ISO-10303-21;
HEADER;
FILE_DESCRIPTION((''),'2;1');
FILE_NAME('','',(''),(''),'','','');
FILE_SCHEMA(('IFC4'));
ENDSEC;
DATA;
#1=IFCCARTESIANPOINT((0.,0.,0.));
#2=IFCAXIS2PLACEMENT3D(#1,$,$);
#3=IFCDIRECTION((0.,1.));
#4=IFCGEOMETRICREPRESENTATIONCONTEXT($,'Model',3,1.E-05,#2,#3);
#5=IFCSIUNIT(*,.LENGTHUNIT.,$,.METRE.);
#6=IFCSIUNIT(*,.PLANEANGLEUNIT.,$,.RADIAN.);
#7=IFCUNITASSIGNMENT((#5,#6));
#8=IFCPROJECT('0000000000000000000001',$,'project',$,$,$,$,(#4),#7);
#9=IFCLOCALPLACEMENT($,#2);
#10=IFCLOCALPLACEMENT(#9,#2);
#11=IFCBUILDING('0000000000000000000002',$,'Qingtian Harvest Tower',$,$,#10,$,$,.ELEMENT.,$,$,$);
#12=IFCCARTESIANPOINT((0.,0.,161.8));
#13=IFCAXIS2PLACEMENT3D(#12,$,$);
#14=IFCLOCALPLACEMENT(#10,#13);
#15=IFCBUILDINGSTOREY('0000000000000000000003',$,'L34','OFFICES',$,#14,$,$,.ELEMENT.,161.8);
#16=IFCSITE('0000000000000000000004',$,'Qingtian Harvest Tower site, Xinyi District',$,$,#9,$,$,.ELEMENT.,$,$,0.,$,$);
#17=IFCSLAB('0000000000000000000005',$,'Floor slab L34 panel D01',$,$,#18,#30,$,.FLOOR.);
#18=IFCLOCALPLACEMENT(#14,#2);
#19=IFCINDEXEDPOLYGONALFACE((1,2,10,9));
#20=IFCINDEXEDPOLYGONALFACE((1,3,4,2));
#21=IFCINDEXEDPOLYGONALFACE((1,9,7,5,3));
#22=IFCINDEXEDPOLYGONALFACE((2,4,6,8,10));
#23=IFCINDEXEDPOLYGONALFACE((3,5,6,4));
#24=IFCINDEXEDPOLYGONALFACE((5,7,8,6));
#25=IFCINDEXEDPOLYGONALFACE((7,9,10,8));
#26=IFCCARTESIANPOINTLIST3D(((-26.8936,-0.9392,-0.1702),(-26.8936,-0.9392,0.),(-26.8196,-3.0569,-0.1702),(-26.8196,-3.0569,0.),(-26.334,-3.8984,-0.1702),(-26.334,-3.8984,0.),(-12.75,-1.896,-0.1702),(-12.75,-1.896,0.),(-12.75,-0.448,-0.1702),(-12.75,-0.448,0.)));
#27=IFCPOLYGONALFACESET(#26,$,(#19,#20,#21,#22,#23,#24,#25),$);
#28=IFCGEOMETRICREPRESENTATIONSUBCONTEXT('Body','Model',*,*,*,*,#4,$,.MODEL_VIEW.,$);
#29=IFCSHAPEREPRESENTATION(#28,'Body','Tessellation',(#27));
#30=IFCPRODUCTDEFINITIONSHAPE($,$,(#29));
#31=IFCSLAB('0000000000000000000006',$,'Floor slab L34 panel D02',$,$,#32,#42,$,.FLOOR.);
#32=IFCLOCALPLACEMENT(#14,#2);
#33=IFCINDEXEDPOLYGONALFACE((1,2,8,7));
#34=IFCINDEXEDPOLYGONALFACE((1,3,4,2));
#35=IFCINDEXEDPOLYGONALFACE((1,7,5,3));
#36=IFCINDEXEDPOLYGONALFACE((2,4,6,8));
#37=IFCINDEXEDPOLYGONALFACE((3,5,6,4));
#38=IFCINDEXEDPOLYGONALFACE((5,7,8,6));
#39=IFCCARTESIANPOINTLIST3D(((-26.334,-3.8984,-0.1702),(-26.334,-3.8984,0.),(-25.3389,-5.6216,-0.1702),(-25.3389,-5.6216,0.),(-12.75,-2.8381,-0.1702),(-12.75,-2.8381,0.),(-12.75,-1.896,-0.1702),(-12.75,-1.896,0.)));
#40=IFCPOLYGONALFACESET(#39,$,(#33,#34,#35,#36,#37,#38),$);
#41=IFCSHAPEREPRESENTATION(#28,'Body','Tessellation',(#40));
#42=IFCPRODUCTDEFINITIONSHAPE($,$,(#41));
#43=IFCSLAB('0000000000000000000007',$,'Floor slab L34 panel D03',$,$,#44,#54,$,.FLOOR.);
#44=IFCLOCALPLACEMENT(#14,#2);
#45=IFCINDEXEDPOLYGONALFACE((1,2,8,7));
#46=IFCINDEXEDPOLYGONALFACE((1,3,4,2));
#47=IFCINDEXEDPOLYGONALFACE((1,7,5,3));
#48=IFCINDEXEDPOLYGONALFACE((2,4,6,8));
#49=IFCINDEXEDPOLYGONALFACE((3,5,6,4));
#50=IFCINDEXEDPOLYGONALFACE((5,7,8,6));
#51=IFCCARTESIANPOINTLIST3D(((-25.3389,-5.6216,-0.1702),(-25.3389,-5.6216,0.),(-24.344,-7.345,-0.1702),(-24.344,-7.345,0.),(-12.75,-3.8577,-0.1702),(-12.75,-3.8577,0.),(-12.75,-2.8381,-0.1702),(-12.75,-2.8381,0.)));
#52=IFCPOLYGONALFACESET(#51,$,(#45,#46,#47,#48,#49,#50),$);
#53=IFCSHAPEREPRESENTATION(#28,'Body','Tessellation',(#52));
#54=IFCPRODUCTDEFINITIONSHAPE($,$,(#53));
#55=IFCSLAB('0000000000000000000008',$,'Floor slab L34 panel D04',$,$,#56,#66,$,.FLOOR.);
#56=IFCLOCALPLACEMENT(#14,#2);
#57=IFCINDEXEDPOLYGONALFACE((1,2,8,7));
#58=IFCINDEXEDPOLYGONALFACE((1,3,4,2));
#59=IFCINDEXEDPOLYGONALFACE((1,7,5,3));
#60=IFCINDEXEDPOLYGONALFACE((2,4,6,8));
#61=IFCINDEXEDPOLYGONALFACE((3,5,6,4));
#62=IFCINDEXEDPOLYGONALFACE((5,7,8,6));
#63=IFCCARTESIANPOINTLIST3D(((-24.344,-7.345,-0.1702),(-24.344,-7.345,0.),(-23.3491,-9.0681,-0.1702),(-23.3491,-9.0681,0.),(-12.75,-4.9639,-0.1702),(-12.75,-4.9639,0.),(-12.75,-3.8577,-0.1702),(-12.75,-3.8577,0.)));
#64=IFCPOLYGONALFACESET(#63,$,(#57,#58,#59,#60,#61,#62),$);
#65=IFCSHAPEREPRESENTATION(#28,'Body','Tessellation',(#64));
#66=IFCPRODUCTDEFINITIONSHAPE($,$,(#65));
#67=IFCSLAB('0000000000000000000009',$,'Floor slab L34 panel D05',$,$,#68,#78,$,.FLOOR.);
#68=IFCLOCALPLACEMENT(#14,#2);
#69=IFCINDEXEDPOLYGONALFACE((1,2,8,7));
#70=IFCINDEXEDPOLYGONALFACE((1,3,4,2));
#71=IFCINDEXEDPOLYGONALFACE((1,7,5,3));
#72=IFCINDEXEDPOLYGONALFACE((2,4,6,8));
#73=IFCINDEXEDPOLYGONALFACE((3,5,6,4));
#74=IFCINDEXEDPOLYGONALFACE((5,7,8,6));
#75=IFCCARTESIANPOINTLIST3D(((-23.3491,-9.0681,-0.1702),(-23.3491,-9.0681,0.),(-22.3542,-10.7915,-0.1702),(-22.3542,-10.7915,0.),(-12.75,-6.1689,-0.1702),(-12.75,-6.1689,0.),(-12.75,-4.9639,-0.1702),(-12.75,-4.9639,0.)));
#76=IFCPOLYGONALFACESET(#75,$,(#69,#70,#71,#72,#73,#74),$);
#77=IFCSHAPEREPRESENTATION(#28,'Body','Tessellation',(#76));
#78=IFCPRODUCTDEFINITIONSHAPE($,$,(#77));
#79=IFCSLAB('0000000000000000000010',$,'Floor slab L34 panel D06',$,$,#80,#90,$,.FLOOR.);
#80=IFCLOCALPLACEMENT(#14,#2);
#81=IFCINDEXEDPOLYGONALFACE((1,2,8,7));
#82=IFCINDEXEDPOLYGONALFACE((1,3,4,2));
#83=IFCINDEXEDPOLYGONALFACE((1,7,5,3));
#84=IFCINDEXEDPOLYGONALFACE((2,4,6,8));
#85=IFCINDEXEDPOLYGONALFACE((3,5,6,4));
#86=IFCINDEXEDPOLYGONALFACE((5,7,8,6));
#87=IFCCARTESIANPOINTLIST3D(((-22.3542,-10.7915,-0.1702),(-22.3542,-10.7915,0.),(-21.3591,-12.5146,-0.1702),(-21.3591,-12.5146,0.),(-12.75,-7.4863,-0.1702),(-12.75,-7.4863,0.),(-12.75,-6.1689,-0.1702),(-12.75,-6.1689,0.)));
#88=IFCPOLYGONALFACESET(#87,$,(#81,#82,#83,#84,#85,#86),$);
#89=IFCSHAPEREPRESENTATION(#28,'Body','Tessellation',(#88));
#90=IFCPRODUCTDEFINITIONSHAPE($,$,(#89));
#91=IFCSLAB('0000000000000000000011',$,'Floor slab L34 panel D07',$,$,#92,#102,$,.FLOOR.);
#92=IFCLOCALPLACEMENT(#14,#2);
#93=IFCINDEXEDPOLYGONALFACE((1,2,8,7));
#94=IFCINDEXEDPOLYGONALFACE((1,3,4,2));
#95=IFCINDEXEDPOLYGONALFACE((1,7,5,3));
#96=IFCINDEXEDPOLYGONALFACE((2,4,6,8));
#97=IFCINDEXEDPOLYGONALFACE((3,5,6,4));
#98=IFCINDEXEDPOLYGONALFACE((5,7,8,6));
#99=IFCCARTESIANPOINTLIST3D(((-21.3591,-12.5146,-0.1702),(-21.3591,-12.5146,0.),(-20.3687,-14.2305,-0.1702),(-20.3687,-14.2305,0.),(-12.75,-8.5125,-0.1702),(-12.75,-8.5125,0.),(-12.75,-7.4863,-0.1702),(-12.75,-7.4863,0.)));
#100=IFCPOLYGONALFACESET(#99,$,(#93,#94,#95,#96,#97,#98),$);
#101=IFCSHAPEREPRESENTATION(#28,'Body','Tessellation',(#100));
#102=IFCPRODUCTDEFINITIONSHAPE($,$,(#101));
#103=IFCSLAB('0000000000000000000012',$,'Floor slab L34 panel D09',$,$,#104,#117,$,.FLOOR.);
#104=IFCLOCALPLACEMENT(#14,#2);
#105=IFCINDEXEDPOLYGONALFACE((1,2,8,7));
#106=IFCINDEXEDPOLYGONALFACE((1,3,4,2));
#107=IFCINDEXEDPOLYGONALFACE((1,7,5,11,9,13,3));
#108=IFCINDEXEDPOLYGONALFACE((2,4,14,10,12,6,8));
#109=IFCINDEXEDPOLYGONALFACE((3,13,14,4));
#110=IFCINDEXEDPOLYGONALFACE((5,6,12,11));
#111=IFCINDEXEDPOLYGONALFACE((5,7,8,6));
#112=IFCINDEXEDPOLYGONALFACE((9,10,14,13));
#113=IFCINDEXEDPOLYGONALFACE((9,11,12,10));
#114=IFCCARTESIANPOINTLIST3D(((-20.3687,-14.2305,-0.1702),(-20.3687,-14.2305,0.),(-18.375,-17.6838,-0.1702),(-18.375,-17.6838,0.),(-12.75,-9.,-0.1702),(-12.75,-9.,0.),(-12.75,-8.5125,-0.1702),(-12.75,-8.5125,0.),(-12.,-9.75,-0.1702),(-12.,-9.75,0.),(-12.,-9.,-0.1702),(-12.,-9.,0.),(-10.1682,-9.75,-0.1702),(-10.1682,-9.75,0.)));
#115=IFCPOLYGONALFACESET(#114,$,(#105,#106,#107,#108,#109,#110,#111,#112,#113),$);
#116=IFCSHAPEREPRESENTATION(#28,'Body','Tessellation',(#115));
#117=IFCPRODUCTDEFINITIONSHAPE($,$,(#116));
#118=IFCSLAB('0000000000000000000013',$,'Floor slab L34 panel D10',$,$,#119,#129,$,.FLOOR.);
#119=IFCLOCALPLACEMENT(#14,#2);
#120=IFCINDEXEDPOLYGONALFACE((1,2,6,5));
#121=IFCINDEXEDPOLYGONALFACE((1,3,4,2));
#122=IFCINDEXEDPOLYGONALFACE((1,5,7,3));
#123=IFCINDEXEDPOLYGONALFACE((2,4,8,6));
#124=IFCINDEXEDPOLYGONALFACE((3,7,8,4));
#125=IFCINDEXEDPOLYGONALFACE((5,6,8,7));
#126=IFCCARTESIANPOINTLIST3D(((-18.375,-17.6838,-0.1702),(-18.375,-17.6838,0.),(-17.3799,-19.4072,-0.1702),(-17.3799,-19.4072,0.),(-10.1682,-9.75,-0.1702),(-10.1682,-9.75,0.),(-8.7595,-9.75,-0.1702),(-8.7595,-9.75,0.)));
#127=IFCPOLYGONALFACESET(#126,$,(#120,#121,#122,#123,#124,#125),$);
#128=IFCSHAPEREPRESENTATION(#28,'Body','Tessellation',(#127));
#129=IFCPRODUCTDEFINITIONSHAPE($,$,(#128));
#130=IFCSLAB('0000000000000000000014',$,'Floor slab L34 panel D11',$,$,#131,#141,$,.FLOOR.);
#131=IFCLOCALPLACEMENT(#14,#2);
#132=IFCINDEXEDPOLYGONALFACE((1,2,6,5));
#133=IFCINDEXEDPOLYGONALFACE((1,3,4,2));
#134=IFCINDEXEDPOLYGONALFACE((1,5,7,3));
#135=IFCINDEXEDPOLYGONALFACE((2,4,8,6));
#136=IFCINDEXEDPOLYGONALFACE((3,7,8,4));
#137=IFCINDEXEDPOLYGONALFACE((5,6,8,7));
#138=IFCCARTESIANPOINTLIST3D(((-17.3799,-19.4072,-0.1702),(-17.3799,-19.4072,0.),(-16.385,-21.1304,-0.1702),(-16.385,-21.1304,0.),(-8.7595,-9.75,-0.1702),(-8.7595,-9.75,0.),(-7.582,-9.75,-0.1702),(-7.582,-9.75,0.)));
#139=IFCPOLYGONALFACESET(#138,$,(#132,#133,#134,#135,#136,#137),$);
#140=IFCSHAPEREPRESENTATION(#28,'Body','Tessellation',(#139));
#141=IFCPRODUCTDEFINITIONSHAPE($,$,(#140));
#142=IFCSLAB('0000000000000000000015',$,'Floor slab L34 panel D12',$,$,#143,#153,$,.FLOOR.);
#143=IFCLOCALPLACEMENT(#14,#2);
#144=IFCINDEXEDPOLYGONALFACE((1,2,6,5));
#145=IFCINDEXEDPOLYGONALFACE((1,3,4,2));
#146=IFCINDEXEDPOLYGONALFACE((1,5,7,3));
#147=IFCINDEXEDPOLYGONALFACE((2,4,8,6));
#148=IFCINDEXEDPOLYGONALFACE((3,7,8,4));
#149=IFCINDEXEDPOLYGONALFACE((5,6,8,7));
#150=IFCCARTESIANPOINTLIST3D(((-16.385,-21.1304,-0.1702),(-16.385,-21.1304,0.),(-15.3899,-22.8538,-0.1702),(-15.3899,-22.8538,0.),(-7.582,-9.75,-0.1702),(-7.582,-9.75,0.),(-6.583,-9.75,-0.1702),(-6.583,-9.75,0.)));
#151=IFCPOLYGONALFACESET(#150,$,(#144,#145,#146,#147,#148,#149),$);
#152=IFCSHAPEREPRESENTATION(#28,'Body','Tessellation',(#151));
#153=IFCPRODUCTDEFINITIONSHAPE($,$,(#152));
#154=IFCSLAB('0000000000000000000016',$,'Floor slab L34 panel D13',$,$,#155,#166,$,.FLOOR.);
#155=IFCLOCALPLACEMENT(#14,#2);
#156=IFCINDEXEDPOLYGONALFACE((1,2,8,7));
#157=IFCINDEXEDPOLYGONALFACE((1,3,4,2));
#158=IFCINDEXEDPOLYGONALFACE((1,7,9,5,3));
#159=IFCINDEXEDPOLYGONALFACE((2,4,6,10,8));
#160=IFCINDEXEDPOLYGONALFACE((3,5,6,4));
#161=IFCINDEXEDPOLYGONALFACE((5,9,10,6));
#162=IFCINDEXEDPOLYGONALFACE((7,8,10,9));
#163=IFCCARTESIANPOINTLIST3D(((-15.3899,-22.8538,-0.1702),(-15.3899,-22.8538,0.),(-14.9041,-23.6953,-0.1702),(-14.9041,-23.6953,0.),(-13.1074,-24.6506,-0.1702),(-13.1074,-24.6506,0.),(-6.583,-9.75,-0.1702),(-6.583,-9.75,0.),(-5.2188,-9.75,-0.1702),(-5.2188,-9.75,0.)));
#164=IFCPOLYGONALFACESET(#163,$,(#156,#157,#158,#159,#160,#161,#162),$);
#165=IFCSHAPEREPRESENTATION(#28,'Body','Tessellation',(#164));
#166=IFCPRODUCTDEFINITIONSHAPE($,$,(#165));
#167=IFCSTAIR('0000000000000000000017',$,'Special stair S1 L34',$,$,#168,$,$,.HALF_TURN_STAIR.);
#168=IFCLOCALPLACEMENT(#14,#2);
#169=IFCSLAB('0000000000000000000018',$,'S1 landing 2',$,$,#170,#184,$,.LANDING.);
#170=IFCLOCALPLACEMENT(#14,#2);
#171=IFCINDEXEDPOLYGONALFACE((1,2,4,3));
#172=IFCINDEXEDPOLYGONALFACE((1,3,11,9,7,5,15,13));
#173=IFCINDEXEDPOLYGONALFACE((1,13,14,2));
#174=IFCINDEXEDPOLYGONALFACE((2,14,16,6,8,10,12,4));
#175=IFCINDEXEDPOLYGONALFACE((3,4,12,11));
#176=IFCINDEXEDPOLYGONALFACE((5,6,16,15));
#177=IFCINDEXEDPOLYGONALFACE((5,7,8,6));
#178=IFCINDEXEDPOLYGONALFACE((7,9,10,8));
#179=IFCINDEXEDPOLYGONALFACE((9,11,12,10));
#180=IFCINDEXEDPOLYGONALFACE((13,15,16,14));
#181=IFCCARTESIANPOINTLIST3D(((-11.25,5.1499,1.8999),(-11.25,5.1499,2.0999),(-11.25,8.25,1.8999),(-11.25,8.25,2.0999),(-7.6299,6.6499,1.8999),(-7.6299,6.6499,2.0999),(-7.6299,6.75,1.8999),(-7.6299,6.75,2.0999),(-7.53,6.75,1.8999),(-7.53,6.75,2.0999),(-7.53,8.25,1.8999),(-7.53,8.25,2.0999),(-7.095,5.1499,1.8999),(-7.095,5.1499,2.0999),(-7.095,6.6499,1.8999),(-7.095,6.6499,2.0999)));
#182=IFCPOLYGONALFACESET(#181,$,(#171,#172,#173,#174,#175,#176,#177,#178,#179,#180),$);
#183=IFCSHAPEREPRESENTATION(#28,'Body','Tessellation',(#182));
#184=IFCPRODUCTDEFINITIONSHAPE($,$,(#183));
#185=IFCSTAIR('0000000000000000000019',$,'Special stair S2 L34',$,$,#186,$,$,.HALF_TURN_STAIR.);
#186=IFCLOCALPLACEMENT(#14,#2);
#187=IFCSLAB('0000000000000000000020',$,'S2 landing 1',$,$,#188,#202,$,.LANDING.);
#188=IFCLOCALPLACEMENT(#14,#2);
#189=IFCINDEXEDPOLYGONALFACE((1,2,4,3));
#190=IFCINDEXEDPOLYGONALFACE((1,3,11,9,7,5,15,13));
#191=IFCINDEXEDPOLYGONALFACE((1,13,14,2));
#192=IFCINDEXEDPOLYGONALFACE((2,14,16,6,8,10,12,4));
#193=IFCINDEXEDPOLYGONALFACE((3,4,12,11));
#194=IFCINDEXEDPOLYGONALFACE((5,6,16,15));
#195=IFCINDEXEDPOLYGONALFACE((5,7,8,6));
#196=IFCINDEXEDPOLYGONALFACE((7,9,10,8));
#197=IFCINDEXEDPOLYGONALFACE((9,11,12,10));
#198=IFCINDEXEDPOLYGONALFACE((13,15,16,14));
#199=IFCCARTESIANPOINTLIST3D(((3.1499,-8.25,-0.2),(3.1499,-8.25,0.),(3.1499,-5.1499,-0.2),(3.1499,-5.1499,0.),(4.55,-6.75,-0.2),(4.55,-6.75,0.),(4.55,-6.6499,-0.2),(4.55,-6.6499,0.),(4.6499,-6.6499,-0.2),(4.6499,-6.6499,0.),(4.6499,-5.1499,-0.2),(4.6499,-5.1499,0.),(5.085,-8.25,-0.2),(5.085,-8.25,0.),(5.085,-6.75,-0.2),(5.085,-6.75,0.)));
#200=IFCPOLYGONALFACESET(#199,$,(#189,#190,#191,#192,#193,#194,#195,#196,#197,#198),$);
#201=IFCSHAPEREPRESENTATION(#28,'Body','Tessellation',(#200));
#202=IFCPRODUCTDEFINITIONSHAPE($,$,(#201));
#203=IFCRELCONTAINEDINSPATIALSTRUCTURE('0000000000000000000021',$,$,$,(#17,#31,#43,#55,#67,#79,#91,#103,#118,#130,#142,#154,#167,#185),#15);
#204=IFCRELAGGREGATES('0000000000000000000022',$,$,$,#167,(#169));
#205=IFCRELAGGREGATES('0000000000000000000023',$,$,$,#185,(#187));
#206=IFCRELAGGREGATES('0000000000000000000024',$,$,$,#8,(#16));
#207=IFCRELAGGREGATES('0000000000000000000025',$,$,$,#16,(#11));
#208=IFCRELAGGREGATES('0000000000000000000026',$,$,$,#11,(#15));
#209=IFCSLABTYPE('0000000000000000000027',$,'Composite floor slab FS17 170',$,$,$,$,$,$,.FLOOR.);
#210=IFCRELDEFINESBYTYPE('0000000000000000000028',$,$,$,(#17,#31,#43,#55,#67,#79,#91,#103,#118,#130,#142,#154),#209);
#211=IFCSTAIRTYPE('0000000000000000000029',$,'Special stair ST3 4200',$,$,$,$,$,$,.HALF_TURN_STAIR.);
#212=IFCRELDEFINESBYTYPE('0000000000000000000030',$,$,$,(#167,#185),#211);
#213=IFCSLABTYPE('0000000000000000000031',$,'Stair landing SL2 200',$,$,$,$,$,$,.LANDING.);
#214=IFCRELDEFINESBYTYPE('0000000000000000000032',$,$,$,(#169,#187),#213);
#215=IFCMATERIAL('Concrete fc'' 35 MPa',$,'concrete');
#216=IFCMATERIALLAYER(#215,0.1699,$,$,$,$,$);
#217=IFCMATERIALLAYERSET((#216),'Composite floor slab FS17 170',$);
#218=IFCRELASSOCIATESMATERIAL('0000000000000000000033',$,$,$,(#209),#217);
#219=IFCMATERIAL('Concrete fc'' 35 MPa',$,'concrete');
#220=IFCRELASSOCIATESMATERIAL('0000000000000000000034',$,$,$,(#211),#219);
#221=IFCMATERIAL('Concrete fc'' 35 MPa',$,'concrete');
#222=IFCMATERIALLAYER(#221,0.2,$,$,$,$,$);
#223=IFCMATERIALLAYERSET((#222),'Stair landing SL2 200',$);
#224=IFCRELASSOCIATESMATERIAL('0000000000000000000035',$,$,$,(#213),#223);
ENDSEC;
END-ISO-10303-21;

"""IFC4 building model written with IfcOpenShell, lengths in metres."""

from ifc_helpers import new_model, si_unit, direction, frame, origin, place, context, subcontext, project, spatial, polyline, outline, extrude, material, layer, layer_set, type_object, element, aggregate, save


model = new_model("IFC4")

# Units and contexts
model_context = context("Model", 3, precision=1e-05, world=origin(), true_north=direction((0.0, 1.0)))
body_context = subcontext(model_context, "Body", "Model", "MODEL_VIEW")
ifc_project = project(units=[si_unit("LENGTHUNIT", "METRE"), si_unit("PLANEANGLEUNIT", "RADIAN")], contexts=[model_context])

# Site, building, storey
site_placement = place(None, origin())
site = spatial("IfcSite", under=ifc_project, at=site_placement, Name="Qingtian Harvest Tower site, Xinyi District", CompositionType="ELEMENT", RefElevation=0.0)
building_placement = place(site_placement, origin())
building = spatial("IfcBuilding", under=site, at=building_placement, Name="Qingtian Harvest Tower", CompositionType="ELEMENT")
storey_placement = place(building_placement, frame((0.0, 0.0, 161.8)))
storey = spatial("IfcBuildingStorey", under=building, at=storey_placement, Name="L34", Description="OFFICES", CompositionType="ELEMENT", Elevation=161.8)

# Slabs
ifc_material_1 = material(Name="Concrete fc' 35 MPa", Category="concrete")
ifc_layer_1 = layer(ifc_material_1, 0.1699)
ifc_layer_set_1 = layer_set([ifc_layer_1], Name="Composite floor slab FS17 170")
slab_type_1 = type_object("IfcSlabType", Name="Composite floor slab FS17 170", PredefinedType="FLOOR", material=ifc_layer_set_1)
slab_1_placement = place(storey_placement, frame((0.0, 0.0, -0.1702)))
element("IfcSlab", 1, at=slab_1_placement, inside=storey, type_object=slab_type_1, Name="Floor slab L34 panel D01", PredefinedType="FLOOR", context=body_context, shape_type="SweptSolid", body=[
    extrude(outline(polyline([(-26.8936, -0.9392), (-12.75, -0.448), (-12.75, -1.896), (-26.334, -3.8984), (-26.8196, -3.0569), (-26.8936, -0.9392)])), origin(), (0.0, 0.0, 1.0), 0.1702),
])
slab_2_placement = place(storey_placement, frame((0.0, 0.0, -0.1702)))
element("IfcSlab", 2, at=slab_2_placement, inside=storey, type_object=slab_type_1, Name="Floor slab L34 panel D02", PredefinedType="FLOOR", context=body_context, shape_type="SweptSolid", body=[
    extrude(outline(polyline([(-12.75, -2.8381), (-25.3389, -5.6216), (-26.334, -3.8984), (-12.75, -1.896), (-12.75, -2.8381)])), origin(), (0.0, 0.0, 1.0), 0.1702),
])
slab_3_placement = place(storey_placement, frame((0.0, 0.0, -0.1702)))
element("IfcSlab", 3, at=slab_3_placement, inside=storey, type_object=slab_type_1, Name="Floor slab L34 panel D03", PredefinedType="FLOOR", context=body_context, shape_type="SweptSolid", body=[
    extrude(outline(polyline([(-12.75, -3.8577), (-24.344, -7.345), (-25.3389, -5.6216), (-12.75, -2.8381), (-12.75, -3.8577)])), origin(), (0.0, 0.0, 1.0), 0.1702),
])
slab_4_placement = place(storey_placement, frame((0.0, 0.0, -0.1702)))
element("IfcSlab", 4, at=slab_4_placement, inside=storey, type_object=slab_type_1, Name="Floor slab L34 panel D04", PredefinedType="FLOOR", context=body_context, shape_type="SweptSolid", body=[
    extrude(outline(polyline([(-12.75, -4.9639), (-23.3491, -9.0681), (-24.344, -7.345), (-12.75, -3.8577), (-12.75, -4.9639)])), origin(), (0.0, 0.0, 1.0), 0.1702),
])
slab_5_placement = place(storey_placement, frame((0.0, 0.0, -0.1702)))
element("IfcSlab", 5, at=slab_5_placement, inside=storey, type_object=slab_type_1, Name="Floor slab L34 panel D05", PredefinedType="FLOOR", context=body_context, shape_type="SweptSolid", body=[
    extrude(outline(polyline([(-12.75, -6.1689), (-22.3542, -10.7915), (-23.3491, -9.0681), (-12.75, -4.9639), (-12.75, -6.1689)])), origin(), (0.0, 0.0, 1.0), 0.1702),
])
slab_6_placement = place(storey_placement, frame((0.0, 0.0, -0.1702)))
element("IfcSlab", 6, at=slab_6_placement, inside=storey, type_object=slab_type_1, Name="Floor slab L34 panel D06", PredefinedType="FLOOR", context=body_context, shape_type="SweptSolid", body=[
    extrude(outline(polyline([(-12.75, -7.4863), (-21.3591, -12.5146), (-22.3542, -10.7915), (-12.75, -6.1689), (-12.75, -7.4863)])), origin(), (0.0, 0.0, 1.0), 0.1702),
])
slab_7_placement = place(storey_placement, frame((0.0, 0.0, -0.1702)))
element("IfcSlab", 7, at=slab_7_placement, inside=storey, type_object=slab_type_1, Name="Floor slab L34 panel D07", PredefinedType="FLOOR", context=body_context, shape_type="SweptSolid", body=[
    extrude(outline(polyline([(-12.75, -8.5125), (-20.3687, -14.2305), (-21.3591, -12.5146), (-12.75, -7.4863), (-12.75, -8.5125)])), origin(), (0.0, 0.0, 1.0), 0.1702),
])
slab_8_placement = place(storey_placement, frame((0.0, 0.0, -0.1702)))
element("IfcSlab", 8, at=slab_8_placement, inside=storey, type_object=slab_type_1, Name="Floor slab L34 panel D09", PredefinedType="FLOOR", context=body_context, shape_type="SweptSolid", body=[
    extrude(outline(polyline([(-18.375, -17.6838), (-20.3687, -14.2305), (-12.75, -8.5125), (-12.75, -9.0), (-12.0, -9.0), (-12.0, -9.75), (-10.1682, -9.75), (-18.375, -17.6838)])), origin(), (0.0, 0.0, 1.0), 0.1702),
])
slab_9_placement = place(storey_placement, frame((0.0, 0.0, -0.1702)))
element("IfcSlab", 9, at=slab_9_placement, inside=storey, type_object=slab_type_1, Name="Floor slab L34 panel D10", PredefinedType="FLOOR", context=body_context, shape_type="SweptSolid", body=[
    extrude(outline(polyline([(-8.7595, -9.75), (-17.3799, -19.4072), (-18.375, -17.6838), (-10.1682, -9.75), (-8.7595, -9.75)])), origin(), (0.0, 0.0, 1.0), 0.1702),
])
slab_10_placement = place(storey_placement, frame((0.0, 0.0, -0.1702)))
element("IfcSlab", 10, at=slab_10_placement, inside=storey, type_object=slab_type_1, Name="Floor slab L34 panel D11", PredefinedType="FLOOR", context=body_context, shape_type="SweptSolid", body=[
    extrude(outline(polyline([(-7.582, -9.75), (-16.385, -21.1304), (-17.3799, -19.4072), (-8.7595, -9.75), (-7.582, -9.75)])), origin(), (0.0, 0.0, 1.0), 0.1702),
])
slab_11_placement = place(storey_placement, frame((0.0, 0.0, -0.1702)))
element("IfcSlab", 11, at=slab_11_placement, inside=storey, type_object=slab_type_1, Name="Floor slab L34 panel D12", PredefinedType="FLOOR", context=body_context, shape_type="SweptSolid", body=[
    extrude(outline(polyline([(-6.583, -9.75), (-15.3899, -22.8538), (-16.385, -21.1304), (-7.582, -9.75), (-6.583, -9.75)])), origin(), (0.0, 0.0, 1.0), 0.1702),
])
slab_12_placement = place(storey_placement, frame((0.0, 0.0, -0.1702)))
element("IfcSlab", 12, at=slab_12_placement, inside=storey, type_object=slab_type_1, Name="Floor slab L34 panel D13", PredefinedType="FLOOR", context=body_context, shape_type="SweptSolid", body=[
    extrude(outline(polyline([(-6.583, -9.75), (-5.2188, -9.75), (-13.1074, -24.6506), (-14.9041, -23.6953), (-15.3899, -22.8538), (-6.583, -9.75)])), origin(), (0.0, 0.0, 1.0), 0.1702),
])

# Stair, slab
ifc_material_2 = material(Name="Concrete fc' 35 MPa", Category="concrete")
stair_type = type_object("IfcStairType", Name="Special stair ST3 4200", PredefinedType="HALF_TURN_STAIR", material=ifc_material_2)
stair_1_placement = place(storey_placement, origin())
stair_1 = element("IfcStair", 13, at=stair_1_placement, inside=storey, type_object=stair_type, Name="Special stair S1 L34", PredefinedType="HALF_TURN_STAIR")
ifc_material_3 = material(Name="Concrete fc' 35 MPa", Category="concrete")
ifc_layer_2 = layer(ifc_material_3, 0.2)
ifc_layer_set_2 = layer_set([ifc_layer_2], Name="Stair landing SL2 200")
slab_type_2 = type_object("IfcSlabType", Name="Stair landing SL2 200", PredefinedType="LANDING", material=ifc_layer_set_2)
slab_13_placement = place(storey_placement, frame((0.0, 0.0, 1.8999)))
slab_13 = element("IfcSlab", 14, at=slab_13_placement, type_object=slab_type_2, Name="S1 landing 2", PredefinedType="LANDING", context=body_context, shape_type="SweptSolid", body=[
    extrude(outline(polyline([(-7.095, 5.1499), (-11.25, 5.1499), (-11.25, 8.25), (-7.53, 8.25), (-7.53, 6.75), (-7.6299, 6.75), (-7.6299, 6.6499), (-7.095, 6.6499), (-7.095, 5.1499)])), origin(), (0.0, 0.0, 1.0), 0.2),
])
aggregate(stair_1, [slab_13])

# Stair, slab
stair_2_placement = place(storey_placement, origin())
stair_2 = element("IfcStair", 15, at=stair_2_placement, inside=storey, type_object=stair_type, Name="Special stair S2 L34", PredefinedType="HALF_TURN_STAIR")
slab_14_placement = place(storey_placement, frame((0.0, 0.0, -0.2)))
slab_14 = element("IfcSlab", 16, at=slab_14_placement, type_object=slab_type_2, Name="S2 landing 1", PredefinedType="LANDING", context=body_context, shape_type="SweptSolid", body=[
    extrude(outline(polyline([(5.085, -8.25), (3.1499, -8.25), (3.1499, -5.1499), (4.6499, -5.1499), (4.6499, -6.6499), (4.55, -6.6499), (4.55, -6.75), (5.085, -6.75), (5.085, -8.25)])), origin(), (0.0, 0.0, 1.0), 0.2),
])
aggregate(stair_2, [slab_14])

save(model, "model.ifc")
